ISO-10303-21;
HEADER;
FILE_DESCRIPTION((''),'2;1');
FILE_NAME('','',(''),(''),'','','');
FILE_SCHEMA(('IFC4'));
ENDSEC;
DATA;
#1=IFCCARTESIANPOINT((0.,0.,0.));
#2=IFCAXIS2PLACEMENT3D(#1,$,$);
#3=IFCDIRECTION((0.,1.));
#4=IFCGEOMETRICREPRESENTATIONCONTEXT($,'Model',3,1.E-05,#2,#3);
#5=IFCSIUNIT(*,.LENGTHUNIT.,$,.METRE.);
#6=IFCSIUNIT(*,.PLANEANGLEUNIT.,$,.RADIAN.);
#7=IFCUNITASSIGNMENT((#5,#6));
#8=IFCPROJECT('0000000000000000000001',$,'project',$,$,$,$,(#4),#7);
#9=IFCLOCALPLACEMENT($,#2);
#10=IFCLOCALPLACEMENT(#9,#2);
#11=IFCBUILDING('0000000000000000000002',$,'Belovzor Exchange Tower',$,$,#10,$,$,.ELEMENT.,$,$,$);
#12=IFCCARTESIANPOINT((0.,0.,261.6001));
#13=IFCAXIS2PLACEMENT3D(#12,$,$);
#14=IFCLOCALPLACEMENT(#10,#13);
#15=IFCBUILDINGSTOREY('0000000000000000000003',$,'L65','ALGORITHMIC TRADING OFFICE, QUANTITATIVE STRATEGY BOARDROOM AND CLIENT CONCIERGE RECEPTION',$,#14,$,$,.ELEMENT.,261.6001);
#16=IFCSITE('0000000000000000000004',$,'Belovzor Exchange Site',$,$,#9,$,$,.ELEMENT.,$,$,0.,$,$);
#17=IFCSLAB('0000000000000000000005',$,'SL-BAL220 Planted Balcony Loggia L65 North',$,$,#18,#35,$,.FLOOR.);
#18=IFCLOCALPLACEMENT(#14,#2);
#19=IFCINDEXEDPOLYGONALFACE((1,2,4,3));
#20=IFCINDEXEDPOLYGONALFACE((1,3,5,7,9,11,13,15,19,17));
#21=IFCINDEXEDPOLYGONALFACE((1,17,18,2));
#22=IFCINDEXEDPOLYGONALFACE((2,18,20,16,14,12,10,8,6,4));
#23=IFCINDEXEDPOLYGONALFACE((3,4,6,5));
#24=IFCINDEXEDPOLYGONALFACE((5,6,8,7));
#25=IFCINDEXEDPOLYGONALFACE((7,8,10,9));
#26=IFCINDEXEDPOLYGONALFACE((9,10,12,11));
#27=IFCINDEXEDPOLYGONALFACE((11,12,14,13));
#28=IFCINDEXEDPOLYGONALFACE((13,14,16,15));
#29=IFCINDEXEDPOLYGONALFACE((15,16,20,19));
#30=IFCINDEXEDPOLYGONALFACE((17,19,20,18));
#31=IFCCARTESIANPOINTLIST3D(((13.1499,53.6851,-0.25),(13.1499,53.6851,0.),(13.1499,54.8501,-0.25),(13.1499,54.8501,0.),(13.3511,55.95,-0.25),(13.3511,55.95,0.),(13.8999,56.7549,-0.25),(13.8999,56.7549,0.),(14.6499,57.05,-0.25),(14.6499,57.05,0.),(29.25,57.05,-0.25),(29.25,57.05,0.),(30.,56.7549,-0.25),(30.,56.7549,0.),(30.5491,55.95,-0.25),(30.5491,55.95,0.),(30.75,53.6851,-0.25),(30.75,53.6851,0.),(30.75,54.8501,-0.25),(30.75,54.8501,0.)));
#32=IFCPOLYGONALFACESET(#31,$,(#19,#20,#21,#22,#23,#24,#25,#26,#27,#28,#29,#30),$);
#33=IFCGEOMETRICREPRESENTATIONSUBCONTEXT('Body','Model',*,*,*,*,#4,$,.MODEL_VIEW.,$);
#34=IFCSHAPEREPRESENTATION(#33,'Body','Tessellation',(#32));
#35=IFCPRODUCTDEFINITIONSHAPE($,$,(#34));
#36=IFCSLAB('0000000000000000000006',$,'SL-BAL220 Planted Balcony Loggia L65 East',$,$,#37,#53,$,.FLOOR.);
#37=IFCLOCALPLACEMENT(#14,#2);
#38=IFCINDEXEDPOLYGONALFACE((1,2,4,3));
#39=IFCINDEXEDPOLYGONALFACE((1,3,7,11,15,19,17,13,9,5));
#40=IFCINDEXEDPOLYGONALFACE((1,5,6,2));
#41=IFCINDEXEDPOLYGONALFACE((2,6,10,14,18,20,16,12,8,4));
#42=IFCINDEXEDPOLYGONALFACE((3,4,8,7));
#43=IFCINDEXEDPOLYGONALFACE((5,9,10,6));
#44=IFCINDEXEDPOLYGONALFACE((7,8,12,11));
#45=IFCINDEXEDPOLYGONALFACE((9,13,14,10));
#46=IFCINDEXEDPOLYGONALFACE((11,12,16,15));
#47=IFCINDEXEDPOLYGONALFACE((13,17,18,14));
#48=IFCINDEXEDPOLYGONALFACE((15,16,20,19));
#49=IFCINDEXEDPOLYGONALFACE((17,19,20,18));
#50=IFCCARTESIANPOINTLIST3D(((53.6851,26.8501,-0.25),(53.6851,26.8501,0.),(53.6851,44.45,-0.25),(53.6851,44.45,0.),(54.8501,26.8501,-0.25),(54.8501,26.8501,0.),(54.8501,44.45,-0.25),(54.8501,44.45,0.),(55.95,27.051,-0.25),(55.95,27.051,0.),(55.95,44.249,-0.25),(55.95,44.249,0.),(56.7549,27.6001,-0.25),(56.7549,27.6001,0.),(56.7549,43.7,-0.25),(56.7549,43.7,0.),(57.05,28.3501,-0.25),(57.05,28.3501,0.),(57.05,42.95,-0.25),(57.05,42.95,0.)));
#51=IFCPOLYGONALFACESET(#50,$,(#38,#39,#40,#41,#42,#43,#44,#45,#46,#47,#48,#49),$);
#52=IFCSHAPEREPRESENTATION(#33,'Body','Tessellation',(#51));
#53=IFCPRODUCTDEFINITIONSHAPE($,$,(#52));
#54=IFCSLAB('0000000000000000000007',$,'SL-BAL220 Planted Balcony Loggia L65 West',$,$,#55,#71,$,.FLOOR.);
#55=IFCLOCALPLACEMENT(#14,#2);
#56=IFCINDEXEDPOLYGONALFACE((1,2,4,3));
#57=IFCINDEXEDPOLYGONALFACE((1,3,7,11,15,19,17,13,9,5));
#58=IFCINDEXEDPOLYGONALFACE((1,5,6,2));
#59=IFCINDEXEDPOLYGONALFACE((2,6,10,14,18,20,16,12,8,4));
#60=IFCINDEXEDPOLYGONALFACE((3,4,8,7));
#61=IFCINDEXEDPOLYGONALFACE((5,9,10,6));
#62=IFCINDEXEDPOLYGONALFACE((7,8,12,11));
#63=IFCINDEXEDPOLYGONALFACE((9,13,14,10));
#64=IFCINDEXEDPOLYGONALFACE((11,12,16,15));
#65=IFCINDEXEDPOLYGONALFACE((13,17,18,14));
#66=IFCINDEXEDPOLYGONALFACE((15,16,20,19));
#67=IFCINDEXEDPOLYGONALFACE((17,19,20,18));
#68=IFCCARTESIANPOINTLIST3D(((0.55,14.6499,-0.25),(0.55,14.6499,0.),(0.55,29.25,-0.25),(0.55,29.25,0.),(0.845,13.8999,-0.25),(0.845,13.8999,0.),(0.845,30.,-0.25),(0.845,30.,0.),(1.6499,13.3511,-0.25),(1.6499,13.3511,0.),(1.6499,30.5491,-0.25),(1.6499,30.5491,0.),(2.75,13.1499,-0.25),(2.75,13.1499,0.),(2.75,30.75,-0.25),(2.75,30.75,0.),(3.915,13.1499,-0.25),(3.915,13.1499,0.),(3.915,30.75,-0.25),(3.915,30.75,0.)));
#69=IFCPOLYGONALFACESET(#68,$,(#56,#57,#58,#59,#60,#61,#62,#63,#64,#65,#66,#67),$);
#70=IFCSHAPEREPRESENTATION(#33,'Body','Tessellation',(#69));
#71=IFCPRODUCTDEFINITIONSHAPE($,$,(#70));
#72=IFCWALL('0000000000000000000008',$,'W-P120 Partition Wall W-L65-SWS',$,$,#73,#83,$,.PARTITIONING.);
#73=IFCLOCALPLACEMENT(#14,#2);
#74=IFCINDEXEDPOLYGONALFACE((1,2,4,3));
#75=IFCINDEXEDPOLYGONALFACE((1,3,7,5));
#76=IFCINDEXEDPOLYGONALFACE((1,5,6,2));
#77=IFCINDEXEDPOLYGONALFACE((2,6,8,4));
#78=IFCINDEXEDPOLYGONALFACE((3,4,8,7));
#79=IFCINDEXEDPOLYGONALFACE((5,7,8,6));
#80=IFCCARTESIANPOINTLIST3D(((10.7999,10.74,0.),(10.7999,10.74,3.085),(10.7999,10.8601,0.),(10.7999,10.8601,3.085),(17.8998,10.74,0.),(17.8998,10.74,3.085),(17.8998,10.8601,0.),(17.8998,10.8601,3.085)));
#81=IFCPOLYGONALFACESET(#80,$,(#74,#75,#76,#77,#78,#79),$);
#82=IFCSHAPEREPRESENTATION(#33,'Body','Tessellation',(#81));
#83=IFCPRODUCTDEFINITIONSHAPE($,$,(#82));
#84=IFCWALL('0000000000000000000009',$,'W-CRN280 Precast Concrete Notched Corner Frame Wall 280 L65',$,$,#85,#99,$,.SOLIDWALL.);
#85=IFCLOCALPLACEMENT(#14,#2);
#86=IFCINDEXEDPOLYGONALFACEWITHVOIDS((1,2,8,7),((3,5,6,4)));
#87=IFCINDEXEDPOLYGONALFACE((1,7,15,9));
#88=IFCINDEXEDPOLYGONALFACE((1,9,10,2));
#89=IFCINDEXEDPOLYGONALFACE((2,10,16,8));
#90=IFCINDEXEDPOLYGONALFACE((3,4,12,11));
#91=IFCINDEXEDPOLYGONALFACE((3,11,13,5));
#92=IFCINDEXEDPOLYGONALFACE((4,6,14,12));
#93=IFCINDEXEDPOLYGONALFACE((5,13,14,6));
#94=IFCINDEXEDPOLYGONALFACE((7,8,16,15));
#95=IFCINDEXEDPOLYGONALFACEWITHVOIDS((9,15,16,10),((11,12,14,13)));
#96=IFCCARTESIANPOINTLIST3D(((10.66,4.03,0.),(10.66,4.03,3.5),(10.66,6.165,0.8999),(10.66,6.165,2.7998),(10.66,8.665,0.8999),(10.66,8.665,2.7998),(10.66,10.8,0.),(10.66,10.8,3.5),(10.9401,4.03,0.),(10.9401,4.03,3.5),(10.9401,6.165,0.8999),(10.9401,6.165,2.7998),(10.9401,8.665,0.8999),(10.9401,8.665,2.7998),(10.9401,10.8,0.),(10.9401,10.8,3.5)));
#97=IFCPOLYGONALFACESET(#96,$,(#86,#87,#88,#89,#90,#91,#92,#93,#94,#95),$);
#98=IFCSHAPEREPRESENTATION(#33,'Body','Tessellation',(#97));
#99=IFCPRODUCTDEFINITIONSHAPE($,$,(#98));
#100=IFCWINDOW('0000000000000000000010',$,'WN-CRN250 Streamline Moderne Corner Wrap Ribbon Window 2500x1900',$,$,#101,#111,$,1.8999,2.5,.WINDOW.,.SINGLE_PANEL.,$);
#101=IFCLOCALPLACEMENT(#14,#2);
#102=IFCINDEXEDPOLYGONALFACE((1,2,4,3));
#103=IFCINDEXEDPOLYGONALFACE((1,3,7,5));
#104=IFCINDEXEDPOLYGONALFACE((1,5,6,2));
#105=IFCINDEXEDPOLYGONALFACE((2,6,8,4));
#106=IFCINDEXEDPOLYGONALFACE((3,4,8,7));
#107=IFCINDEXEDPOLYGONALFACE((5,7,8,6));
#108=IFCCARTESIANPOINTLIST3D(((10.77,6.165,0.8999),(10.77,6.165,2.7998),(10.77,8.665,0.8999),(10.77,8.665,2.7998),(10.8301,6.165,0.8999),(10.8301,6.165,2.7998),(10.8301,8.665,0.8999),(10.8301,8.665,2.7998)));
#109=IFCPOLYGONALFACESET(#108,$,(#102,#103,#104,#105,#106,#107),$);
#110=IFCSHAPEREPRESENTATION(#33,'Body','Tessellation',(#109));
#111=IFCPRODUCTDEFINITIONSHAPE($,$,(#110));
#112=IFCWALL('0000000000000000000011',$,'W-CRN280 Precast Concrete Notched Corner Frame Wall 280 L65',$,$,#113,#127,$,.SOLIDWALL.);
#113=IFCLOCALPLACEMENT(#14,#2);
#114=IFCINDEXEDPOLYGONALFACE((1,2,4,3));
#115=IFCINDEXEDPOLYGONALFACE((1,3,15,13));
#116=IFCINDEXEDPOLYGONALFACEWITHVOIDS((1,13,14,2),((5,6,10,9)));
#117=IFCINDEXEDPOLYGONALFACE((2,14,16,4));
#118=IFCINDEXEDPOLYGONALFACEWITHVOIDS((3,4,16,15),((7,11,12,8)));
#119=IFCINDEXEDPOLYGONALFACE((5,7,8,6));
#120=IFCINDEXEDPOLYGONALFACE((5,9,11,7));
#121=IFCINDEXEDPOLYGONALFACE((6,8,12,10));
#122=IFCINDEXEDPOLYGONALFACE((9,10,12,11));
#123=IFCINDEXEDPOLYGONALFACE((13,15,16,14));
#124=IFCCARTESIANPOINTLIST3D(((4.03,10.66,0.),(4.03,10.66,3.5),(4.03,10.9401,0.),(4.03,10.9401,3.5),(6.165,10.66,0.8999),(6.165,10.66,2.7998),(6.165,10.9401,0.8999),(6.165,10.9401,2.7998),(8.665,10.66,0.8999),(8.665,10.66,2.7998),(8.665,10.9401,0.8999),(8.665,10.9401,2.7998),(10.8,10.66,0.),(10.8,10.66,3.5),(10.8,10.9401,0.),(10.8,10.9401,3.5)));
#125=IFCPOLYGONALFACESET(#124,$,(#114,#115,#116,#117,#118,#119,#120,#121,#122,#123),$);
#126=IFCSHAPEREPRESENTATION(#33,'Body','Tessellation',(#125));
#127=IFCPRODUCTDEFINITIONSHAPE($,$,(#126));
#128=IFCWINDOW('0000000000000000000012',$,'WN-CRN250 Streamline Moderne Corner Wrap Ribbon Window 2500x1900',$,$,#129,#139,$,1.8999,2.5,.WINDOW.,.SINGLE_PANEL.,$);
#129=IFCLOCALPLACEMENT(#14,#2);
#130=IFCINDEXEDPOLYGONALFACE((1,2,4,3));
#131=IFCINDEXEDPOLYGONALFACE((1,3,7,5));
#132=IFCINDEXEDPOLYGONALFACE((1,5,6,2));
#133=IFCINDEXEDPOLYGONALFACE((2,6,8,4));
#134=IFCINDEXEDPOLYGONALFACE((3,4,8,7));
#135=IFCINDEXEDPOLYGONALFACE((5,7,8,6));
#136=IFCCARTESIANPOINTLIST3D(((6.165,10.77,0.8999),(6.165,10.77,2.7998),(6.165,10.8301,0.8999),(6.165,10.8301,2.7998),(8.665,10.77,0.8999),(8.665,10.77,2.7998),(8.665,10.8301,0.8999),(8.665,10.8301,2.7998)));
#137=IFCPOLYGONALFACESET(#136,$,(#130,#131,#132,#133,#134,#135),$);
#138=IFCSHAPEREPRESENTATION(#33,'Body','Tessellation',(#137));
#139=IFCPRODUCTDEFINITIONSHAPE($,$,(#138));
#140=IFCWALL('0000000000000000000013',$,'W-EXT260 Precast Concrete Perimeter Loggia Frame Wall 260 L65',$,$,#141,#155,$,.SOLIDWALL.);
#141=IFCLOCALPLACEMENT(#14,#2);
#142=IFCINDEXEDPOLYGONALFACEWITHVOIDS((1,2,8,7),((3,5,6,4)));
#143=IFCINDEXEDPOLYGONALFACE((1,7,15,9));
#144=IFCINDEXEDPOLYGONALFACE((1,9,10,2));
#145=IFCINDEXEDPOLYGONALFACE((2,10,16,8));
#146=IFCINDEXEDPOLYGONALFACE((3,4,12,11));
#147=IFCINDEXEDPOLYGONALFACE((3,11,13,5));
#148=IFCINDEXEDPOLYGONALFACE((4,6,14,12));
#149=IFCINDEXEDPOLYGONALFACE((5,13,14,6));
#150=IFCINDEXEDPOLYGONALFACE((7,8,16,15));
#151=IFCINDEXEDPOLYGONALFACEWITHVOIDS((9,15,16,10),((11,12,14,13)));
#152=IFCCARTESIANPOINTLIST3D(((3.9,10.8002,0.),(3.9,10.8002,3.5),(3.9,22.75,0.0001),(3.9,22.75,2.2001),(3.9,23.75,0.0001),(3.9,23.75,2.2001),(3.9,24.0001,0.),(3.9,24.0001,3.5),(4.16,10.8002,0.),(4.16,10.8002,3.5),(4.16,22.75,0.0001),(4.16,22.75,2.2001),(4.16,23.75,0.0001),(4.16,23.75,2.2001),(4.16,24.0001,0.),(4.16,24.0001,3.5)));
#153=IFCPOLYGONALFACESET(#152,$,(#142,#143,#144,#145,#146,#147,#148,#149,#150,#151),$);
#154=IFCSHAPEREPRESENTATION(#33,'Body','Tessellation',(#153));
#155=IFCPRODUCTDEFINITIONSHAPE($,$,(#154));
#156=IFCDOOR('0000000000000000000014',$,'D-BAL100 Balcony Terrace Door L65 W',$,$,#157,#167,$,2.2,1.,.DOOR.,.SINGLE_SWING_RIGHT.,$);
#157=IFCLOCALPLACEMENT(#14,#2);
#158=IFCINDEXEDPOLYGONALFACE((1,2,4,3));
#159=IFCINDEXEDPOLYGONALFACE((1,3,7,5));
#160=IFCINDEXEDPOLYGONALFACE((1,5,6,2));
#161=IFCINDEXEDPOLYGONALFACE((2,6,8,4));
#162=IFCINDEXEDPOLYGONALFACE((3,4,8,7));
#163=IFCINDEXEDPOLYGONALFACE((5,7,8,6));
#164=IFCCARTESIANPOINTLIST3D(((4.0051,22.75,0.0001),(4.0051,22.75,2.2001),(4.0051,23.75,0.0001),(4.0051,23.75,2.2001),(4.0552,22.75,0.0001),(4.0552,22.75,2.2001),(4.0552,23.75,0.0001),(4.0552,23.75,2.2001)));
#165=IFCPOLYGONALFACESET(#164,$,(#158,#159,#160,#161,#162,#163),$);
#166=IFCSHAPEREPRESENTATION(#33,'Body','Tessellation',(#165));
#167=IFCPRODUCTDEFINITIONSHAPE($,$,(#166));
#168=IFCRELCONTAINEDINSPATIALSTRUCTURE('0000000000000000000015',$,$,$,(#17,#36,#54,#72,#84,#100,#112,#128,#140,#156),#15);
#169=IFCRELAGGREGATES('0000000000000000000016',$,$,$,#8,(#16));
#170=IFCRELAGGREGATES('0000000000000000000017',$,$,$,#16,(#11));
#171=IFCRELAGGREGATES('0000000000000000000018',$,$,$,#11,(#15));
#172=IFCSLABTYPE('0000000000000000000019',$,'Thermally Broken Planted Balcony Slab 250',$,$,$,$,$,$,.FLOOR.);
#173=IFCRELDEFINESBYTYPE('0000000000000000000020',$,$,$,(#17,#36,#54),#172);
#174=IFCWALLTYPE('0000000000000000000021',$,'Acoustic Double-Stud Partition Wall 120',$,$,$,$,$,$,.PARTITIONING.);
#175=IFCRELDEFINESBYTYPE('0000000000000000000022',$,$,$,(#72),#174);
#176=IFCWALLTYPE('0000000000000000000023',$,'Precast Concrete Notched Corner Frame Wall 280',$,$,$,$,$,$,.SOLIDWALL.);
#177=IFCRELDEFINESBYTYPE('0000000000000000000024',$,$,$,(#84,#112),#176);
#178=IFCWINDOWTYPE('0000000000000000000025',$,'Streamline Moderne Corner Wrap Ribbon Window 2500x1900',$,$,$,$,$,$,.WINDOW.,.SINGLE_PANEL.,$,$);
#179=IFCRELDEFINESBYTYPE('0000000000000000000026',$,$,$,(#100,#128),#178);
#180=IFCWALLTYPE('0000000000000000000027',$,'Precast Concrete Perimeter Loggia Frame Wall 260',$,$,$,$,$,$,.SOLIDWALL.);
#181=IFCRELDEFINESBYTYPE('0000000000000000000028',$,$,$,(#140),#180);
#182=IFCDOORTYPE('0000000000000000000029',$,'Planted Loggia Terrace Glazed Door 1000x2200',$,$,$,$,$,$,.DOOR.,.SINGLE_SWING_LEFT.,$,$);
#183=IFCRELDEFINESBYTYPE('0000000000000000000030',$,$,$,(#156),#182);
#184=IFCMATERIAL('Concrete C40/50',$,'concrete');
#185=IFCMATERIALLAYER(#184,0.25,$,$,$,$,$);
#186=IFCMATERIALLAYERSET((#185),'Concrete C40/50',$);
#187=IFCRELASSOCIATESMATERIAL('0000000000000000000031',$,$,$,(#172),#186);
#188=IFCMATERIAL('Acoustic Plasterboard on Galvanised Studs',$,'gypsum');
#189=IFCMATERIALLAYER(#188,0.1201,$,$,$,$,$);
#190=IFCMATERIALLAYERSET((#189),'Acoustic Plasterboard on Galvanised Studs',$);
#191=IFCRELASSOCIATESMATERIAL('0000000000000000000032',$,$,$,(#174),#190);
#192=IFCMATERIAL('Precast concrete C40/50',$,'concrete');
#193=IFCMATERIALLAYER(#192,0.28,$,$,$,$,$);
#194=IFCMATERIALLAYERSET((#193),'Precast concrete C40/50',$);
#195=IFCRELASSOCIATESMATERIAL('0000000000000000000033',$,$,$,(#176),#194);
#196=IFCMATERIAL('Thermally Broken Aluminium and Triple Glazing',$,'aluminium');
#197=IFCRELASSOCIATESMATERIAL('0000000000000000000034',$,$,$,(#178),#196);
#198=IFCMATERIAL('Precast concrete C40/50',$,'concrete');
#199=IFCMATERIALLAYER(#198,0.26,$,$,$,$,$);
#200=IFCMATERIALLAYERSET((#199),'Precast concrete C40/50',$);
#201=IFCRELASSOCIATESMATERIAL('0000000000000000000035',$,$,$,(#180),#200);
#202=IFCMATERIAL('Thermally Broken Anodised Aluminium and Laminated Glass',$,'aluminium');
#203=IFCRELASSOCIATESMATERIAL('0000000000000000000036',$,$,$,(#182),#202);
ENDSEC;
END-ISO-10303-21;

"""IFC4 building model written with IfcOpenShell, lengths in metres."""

from ifc_helpers import new_model, si_unit, direction, frame, frame_2d, origin, place, context, subcontext, project, spatial, polyline, rectangle, outline, extrude, material, layer, layer_set, type_object, element, fill, save


model = new_model("IFC4")

# Units and contexts
model_context = context("Model", 3, precision=1e-05, world=origin(), true_north=direction((0.0, 1.0)))
body_context = subcontext(model_context, "Body", "Model", "MODEL_VIEW")
ifc_project = project(units=[si_unit("LENGTHUNIT", "METRE"), si_unit("PLANEANGLEUNIT", "RADIAN")], contexts=[model_context])

# Site, building, storey
site_placement = place(None, origin())
site = spatial("IfcSite", under=ifc_project, at=site_placement, Name="Belovzor Exchange Site", CompositionType="ELEMENT", RefElevation=0.0)
building_placement = place(site_placement, origin())
building = spatial("IfcBuilding", under=site, at=building_placement, Name="Belovzor Exchange Tower", CompositionType="ELEMENT")
storey_placement = place(building_placement, frame((0.0, 0.0, 261.6001)))
storey = spatial("IfcBuildingStorey", under=building, at=storey_placement, Name="L65", Description="ALGORITHMIC TRADING OFFICE, QUANTITATIVE STRATEGY BOARDROOM AND CLIENT CONCIERGE RECEPTION", CompositionType="ELEMENT", Elevation=261.6001)

# Slabs
ifc_material_1 = material(Name="Concrete C40/50", Category="concrete")
ifc_layer_1 = layer(ifc_material_1, 0.25)
ifc_layer_set_1 = layer_set([ifc_layer_1], Name="Concrete C40/50")
slab_type_1 = type_object("IfcSlabType", Name="Thermally Broken Planted Balcony Slab 250", PredefinedType="FLOOR", material=ifc_layer_set_1)
slab_1_placement = place(storey_placement, frame((0.0, 0.0, -0.25)))
element("IfcSlab", 1, at=slab_1_placement, inside=storey, type_object=slab_type_1, Name="SL-BAL220 Planted Balcony Loggia L65 North", PredefinedType="FLOOR", context=body_context, shape_type="SweptSolid", body=[
    extrude(outline(polyline([(30.75, 53.6851), (30.75, 54.8501), (30.5491, 55.95), (30.0, 56.7549), (29.25, 57.05), (14.6499, 57.05), (13.8999, 56.7549), (13.3511, 55.95), (13.1499, 54.8501), (13.1499, 53.6851), (30.75, 53.6851)])), origin(), (0.0, 0.0, 1.0), 0.25),
])
slab_2_placement = place(storey_placement, frame((0.0, 0.0, -0.25)))
element("IfcSlab", 2, at=slab_2_placement, inside=storey, type_object=slab_type_1, Name="SL-BAL220 Planted Balcony Loggia L65 East", PredefinedType="FLOOR", context=body_context, shape_type="SweptSolid", body=[
    extrude(outline(polyline([(53.6851, 26.8501), (54.8501, 26.8501), (55.95, 27.051), (56.7549, 27.6001), (57.05, 28.3501), (57.05, 42.95), (56.7549, 43.7), (55.95, 44.249), (54.8501, 44.45), (53.6851, 44.45), (53.6851, 26.8501)])), origin(), (0.0, 0.0, 1.0), 0.25),
])
slab_3_placement = place(storey_placement, frame((0.0, 0.0, -0.25)))
element("IfcSlab", 3, at=slab_3_placement, inside=storey, type_object=slab_type_1, Name="SL-BAL220 Planted Balcony Loggia L65 West", PredefinedType="FLOOR", context=body_context, shape_type="SweptSolid", body=[
    extrude(outline(polyline([(3.915, 30.75), (2.75, 30.75), (1.6499, 30.5491), (0.845, 30.0), (0.55, 29.25), (0.55, 14.6499), (0.845, 13.8999), (1.6499, 13.3511), (2.75, 13.1499), (3.915, 13.1499), (3.915, 30.75)])), origin(), (0.0, 0.0, 1.0), 0.25),
])

# Wall
ifc_material_2 = material(Name="Acoustic Plasterboard on Galvanised Studs", Category="gypsum")
ifc_layer_2 = layer(ifc_material_2, 0.1201)
ifc_layer_set_2 = layer_set([ifc_layer_2], Name="Acoustic Plasterboard on Galvanised Studs")
wall_type_1 = type_object("IfcWallType", Name="Acoustic Double-Stud Partition Wall 120", PredefinedType="PARTITIONING", material=ifc_layer_set_2)
wall_1_placement = place(storey_placement, frame((10.8, 10.8, 0.0), z_axis=(0.0, 0.0, 1.0), x_axis=(1.0, 0.0, 0.0)))
element("IfcWall", 4, at=wall_1_placement, inside=storey, type_object=wall_type_1, Name="W-P120 Partition Wall W-L65-SWS", PredefinedType="PARTITIONING", context=body_context, shape_type="SweptSolid", body=[
    extrude(rectangle(XDim=7.0999, YDim=0.1201, at=frame_2d((3.5498, 0.0))), origin(), (0.0, 0.0, 1.0), 3.085),
])

# Walls, openings, windows
ifc_material_3 = material(Name="Precast concrete C40/50", Category="concrete")
ifc_layer_3 = layer(ifc_material_3, 0.28)
ifc_layer_set_3 = layer_set([ifc_layer_3], Name="Precast concrete C40/50")
wall_type_2 = type_object("IfcWallType", Name="Precast Concrete Notched Corner Frame Wall 280", PredefinedType="SOLIDWALL", material=ifc_layer_set_3)
wall_2_placement = place(storey_placement, frame((10.8, 4.03, 0.0), z_axis=(0.0, 0.0, 1.0), x_axis=(0.0, 1.0, 0.0)))
wall_2 = element("IfcWall", 5, at=wall_2_placement, inside=storey, type_object=wall_type_2, Name="W-CRN280 Precast Concrete Notched Corner Frame Wall 280 L65", PredefinedType="SOLIDWALL", context=body_context, shape_type="SweptSolid", body=[
    extrude(rectangle(XDim=6.77, YDim=0.28, at=frame_2d((3.385, 0.0))), origin(), (0.0, 0.0, 1.0), 3.5),
])
opening_1_placement = place(wall_2_placement, frame((2.135, 0.0, 0.8999)))
opening_1 = element("IfcOpeningElement", 6, at=opening_1_placement, cuts=wall_2, PredefinedType="OPENING", context=body_context, shape_type="SweptSolid", body=[
    extrude(rectangle(XDim=2.5, YDim=1.8999, at=frame_2d((1.25, 0.95))), frame((0.0, 0.1499, 0.0), z_axis=(0.0, -1.0, 0.0), x_axis=(1.0, 0.0, 0.0)), (0.0, 0.0, 1.0), 0.3),
])
ifc_material_4 = material(Name="Thermally Broken Aluminium and Triple Glazing", Category="aluminium")
window_type = type_object("IfcWindowType", Name="Streamline Moderne Corner Wrap Ribbon Window 2500x1900", PartitioningType="SINGLE_PANEL", PredefinedType="WINDOW", material=ifc_material_4)
window_1_placement = place(opening_1_placement, origin())
window_1 = element("IfcWindow", 7, at=window_1_placement, inside=storey, type_object=window_type, Name="WN-CRN250 Streamline Moderne Corner Wrap Ribbon Window 2500x1900", OverallHeight=1.8999, OverallWidth=2.5, PartitioningType="SINGLE_PANEL", PredefinedType="WINDOW", context=body_context, shape_type="SweptSolid", body=[
    extrude(rectangle(XDim=2.5, YDim=1.8999, at=frame_2d((1.25, 0.95))), frame((0.0, 0.03, 0.0), z_axis=(0.0, -1.0, 0.0), x_axis=(1.0, 0.0, 0.0)), (0.0, 0.0, 1.0), 0.0601),
])
fill(opening_1, window_1)
wall_3_placement = place(storey_placement, frame((10.8, 10.8, 0.0), z_axis=(0.0, 0.0, 1.0), x_axis=(-1.0, 0.0, 0.0)))
wall_3 = element("IfcWall", 8, at=wall_3_placement, inside=storey, type_object=wall_type_2, Name="W-CRN280 Precast Concrete Notched Corner Frame Wall 280 L65", PredefinedType="SOLIDWALL", context=body_context, shape_type="SweptSolid", body=[
    extrude(rectangle(XDim=6.77, YDim=0.28, at=frame_2d((3.385, 0.0))), origin(), (0.0, 0.0, 1.0), 3.5),
])
opening_2_placement = place(wall_3_placement, frame((2.135, 0.0, 0.8999)))
opening_2 = element("IfcOpeningElement", 9, at=opening_2_placement, cuts=wall_3, PredefinedType="OPENING", context=body_context, shape_type="SweptSolid", body=[
    extrude(rectangle(XDim=2.5, YDim=1.8999, at=frame_2d((1.25, 0.95))), frame((0.0, 0.1499, 0.0), z_axis=(0.0, -1.0, 0.0), x_axis=(1.0, 0.0, 0.0)), (0.0, 0.0, 1.0), 0.3),
])
window_2_placement = place(opening_2_placement, origin())
window_2 = element("IfcWindow", 10, at=window_2_placement, inside=storey, type_object=window_type, Name="WN-CRN250 Streamline Moderne Corner Wrap Ribbon Window 2500x1900", OverallHeight=1.8999, OverallWidth=2.5, PartitioningType="SINGLE_PANEL", PredefinedType="WINDOW", context=body_context, shape_type="SweptSolid", body=[
    extrude(rectangle(XDim=2.5, YDim=1.8999, at=frame_2d((1.25, 0.95))), frame((0.0, 0.03, 0.0), z_axis=(0.0, -1.0, 0.0), x_axis=(1.0, 0.0, 0.0)), (0.0, 0.0, 1.0), 0.0601),
])
fill(opening_2, window_2)

# Wall, opening, door
ifc_material_5 = material(Name="Precast concrete C40/50", Category="concrete")
ifc_layer_4 = layer(ifc_material_5, 0.26)
ifc_layer_set_4 = layer_set([ifc_layer_4], Name="Precast concrete C40/50")
wall_type_3 = type_object("IfcWallType", Name="Precast Concrete Perimeter Loggia Frame Wall 260", PredefinedType="SOLIDWALL", material=ifc_layer_set_4)
wall_4_placement = place(storey_placement, frame((4.03, 10.8, 0.0), z_axis=(0.0, 0.0, 1.0), x_axis=(0.0, 1.0, 0.0)))
wall_4 = element("IfcWall", 11, at=wall_4_placement, inside=storey, type_object=wall_type_3, Name="W-EXT260 Precast Concrete Perimeter Loggia Frame Wall 260 L65", PredefinedType="SOLIDWALL", context=body_context, shape_type="SweptSolid", body=[
    extrude(rectangle(XDim=13.2, YDim=0.26, at=frame_2d((6.6001, 0.0))), origin(), (0.0, 0.0, 1.0), 3.5),
])
opening_3_placement = place(wall_4_placement, frame((11.95, 0.0, 0.0)))
opening_3 = element("IfcOpeningElement", 12, at=opening_3_placement, cuts=wall_4, PredefinedType="OPENING", context=body_context, shape_type="SweptSolid", body=[
    extrude(rectangle(XDim=1.0, YDim=2.2, at=frame_2d((0.5, 1.1001))), frame((0.0, 0.1399, 0.0), z_axis=(0.0, -1.0, 0.0), x_axis=(1.0, 0.0, 0.0)), (0.0, 0.0, 1.0), 0.28),
])
ifc_material_6 = material(Name="Thermally Broken Anodised Aluminium and Laminated Glass", Category="aluminium")
door_type = type_object("IfcDoorType", Name="Planted Loggia Terrace Glazed Door 1000x2200", OperationType="SINGLE_SWING_LEFT", PredefinedType="DOOR", material=ifc_material_6)
door_placement = place(opening_3_placement, origin())
door = element("IfcDoor", 13, at=door_placement, inside=storey, type_object=door_type, Name="D-BAL100 Balcony Terrace Door L65 W", OperationType="SINGLE_SWING_RIGHT", OverallHeight=2.2, OverallWidth=1.0, PredefinedType="DOOR", context=body_context, shape_type="SweptSolid", body=[
    extrude(rectangle(XDim=1.0, YDim=2.2, at=frame_2d((0.5, 1.1001))), frame((0.0, 0.0249, 0.0), z_axis=(0.0, -1.0, 0.0), x_axis=(1.0, 0.0, 0.0)), (0.0, 0.0, 1.0), 0.05),
])
fill(opening_3, door)

save(model, "model.ifc")
